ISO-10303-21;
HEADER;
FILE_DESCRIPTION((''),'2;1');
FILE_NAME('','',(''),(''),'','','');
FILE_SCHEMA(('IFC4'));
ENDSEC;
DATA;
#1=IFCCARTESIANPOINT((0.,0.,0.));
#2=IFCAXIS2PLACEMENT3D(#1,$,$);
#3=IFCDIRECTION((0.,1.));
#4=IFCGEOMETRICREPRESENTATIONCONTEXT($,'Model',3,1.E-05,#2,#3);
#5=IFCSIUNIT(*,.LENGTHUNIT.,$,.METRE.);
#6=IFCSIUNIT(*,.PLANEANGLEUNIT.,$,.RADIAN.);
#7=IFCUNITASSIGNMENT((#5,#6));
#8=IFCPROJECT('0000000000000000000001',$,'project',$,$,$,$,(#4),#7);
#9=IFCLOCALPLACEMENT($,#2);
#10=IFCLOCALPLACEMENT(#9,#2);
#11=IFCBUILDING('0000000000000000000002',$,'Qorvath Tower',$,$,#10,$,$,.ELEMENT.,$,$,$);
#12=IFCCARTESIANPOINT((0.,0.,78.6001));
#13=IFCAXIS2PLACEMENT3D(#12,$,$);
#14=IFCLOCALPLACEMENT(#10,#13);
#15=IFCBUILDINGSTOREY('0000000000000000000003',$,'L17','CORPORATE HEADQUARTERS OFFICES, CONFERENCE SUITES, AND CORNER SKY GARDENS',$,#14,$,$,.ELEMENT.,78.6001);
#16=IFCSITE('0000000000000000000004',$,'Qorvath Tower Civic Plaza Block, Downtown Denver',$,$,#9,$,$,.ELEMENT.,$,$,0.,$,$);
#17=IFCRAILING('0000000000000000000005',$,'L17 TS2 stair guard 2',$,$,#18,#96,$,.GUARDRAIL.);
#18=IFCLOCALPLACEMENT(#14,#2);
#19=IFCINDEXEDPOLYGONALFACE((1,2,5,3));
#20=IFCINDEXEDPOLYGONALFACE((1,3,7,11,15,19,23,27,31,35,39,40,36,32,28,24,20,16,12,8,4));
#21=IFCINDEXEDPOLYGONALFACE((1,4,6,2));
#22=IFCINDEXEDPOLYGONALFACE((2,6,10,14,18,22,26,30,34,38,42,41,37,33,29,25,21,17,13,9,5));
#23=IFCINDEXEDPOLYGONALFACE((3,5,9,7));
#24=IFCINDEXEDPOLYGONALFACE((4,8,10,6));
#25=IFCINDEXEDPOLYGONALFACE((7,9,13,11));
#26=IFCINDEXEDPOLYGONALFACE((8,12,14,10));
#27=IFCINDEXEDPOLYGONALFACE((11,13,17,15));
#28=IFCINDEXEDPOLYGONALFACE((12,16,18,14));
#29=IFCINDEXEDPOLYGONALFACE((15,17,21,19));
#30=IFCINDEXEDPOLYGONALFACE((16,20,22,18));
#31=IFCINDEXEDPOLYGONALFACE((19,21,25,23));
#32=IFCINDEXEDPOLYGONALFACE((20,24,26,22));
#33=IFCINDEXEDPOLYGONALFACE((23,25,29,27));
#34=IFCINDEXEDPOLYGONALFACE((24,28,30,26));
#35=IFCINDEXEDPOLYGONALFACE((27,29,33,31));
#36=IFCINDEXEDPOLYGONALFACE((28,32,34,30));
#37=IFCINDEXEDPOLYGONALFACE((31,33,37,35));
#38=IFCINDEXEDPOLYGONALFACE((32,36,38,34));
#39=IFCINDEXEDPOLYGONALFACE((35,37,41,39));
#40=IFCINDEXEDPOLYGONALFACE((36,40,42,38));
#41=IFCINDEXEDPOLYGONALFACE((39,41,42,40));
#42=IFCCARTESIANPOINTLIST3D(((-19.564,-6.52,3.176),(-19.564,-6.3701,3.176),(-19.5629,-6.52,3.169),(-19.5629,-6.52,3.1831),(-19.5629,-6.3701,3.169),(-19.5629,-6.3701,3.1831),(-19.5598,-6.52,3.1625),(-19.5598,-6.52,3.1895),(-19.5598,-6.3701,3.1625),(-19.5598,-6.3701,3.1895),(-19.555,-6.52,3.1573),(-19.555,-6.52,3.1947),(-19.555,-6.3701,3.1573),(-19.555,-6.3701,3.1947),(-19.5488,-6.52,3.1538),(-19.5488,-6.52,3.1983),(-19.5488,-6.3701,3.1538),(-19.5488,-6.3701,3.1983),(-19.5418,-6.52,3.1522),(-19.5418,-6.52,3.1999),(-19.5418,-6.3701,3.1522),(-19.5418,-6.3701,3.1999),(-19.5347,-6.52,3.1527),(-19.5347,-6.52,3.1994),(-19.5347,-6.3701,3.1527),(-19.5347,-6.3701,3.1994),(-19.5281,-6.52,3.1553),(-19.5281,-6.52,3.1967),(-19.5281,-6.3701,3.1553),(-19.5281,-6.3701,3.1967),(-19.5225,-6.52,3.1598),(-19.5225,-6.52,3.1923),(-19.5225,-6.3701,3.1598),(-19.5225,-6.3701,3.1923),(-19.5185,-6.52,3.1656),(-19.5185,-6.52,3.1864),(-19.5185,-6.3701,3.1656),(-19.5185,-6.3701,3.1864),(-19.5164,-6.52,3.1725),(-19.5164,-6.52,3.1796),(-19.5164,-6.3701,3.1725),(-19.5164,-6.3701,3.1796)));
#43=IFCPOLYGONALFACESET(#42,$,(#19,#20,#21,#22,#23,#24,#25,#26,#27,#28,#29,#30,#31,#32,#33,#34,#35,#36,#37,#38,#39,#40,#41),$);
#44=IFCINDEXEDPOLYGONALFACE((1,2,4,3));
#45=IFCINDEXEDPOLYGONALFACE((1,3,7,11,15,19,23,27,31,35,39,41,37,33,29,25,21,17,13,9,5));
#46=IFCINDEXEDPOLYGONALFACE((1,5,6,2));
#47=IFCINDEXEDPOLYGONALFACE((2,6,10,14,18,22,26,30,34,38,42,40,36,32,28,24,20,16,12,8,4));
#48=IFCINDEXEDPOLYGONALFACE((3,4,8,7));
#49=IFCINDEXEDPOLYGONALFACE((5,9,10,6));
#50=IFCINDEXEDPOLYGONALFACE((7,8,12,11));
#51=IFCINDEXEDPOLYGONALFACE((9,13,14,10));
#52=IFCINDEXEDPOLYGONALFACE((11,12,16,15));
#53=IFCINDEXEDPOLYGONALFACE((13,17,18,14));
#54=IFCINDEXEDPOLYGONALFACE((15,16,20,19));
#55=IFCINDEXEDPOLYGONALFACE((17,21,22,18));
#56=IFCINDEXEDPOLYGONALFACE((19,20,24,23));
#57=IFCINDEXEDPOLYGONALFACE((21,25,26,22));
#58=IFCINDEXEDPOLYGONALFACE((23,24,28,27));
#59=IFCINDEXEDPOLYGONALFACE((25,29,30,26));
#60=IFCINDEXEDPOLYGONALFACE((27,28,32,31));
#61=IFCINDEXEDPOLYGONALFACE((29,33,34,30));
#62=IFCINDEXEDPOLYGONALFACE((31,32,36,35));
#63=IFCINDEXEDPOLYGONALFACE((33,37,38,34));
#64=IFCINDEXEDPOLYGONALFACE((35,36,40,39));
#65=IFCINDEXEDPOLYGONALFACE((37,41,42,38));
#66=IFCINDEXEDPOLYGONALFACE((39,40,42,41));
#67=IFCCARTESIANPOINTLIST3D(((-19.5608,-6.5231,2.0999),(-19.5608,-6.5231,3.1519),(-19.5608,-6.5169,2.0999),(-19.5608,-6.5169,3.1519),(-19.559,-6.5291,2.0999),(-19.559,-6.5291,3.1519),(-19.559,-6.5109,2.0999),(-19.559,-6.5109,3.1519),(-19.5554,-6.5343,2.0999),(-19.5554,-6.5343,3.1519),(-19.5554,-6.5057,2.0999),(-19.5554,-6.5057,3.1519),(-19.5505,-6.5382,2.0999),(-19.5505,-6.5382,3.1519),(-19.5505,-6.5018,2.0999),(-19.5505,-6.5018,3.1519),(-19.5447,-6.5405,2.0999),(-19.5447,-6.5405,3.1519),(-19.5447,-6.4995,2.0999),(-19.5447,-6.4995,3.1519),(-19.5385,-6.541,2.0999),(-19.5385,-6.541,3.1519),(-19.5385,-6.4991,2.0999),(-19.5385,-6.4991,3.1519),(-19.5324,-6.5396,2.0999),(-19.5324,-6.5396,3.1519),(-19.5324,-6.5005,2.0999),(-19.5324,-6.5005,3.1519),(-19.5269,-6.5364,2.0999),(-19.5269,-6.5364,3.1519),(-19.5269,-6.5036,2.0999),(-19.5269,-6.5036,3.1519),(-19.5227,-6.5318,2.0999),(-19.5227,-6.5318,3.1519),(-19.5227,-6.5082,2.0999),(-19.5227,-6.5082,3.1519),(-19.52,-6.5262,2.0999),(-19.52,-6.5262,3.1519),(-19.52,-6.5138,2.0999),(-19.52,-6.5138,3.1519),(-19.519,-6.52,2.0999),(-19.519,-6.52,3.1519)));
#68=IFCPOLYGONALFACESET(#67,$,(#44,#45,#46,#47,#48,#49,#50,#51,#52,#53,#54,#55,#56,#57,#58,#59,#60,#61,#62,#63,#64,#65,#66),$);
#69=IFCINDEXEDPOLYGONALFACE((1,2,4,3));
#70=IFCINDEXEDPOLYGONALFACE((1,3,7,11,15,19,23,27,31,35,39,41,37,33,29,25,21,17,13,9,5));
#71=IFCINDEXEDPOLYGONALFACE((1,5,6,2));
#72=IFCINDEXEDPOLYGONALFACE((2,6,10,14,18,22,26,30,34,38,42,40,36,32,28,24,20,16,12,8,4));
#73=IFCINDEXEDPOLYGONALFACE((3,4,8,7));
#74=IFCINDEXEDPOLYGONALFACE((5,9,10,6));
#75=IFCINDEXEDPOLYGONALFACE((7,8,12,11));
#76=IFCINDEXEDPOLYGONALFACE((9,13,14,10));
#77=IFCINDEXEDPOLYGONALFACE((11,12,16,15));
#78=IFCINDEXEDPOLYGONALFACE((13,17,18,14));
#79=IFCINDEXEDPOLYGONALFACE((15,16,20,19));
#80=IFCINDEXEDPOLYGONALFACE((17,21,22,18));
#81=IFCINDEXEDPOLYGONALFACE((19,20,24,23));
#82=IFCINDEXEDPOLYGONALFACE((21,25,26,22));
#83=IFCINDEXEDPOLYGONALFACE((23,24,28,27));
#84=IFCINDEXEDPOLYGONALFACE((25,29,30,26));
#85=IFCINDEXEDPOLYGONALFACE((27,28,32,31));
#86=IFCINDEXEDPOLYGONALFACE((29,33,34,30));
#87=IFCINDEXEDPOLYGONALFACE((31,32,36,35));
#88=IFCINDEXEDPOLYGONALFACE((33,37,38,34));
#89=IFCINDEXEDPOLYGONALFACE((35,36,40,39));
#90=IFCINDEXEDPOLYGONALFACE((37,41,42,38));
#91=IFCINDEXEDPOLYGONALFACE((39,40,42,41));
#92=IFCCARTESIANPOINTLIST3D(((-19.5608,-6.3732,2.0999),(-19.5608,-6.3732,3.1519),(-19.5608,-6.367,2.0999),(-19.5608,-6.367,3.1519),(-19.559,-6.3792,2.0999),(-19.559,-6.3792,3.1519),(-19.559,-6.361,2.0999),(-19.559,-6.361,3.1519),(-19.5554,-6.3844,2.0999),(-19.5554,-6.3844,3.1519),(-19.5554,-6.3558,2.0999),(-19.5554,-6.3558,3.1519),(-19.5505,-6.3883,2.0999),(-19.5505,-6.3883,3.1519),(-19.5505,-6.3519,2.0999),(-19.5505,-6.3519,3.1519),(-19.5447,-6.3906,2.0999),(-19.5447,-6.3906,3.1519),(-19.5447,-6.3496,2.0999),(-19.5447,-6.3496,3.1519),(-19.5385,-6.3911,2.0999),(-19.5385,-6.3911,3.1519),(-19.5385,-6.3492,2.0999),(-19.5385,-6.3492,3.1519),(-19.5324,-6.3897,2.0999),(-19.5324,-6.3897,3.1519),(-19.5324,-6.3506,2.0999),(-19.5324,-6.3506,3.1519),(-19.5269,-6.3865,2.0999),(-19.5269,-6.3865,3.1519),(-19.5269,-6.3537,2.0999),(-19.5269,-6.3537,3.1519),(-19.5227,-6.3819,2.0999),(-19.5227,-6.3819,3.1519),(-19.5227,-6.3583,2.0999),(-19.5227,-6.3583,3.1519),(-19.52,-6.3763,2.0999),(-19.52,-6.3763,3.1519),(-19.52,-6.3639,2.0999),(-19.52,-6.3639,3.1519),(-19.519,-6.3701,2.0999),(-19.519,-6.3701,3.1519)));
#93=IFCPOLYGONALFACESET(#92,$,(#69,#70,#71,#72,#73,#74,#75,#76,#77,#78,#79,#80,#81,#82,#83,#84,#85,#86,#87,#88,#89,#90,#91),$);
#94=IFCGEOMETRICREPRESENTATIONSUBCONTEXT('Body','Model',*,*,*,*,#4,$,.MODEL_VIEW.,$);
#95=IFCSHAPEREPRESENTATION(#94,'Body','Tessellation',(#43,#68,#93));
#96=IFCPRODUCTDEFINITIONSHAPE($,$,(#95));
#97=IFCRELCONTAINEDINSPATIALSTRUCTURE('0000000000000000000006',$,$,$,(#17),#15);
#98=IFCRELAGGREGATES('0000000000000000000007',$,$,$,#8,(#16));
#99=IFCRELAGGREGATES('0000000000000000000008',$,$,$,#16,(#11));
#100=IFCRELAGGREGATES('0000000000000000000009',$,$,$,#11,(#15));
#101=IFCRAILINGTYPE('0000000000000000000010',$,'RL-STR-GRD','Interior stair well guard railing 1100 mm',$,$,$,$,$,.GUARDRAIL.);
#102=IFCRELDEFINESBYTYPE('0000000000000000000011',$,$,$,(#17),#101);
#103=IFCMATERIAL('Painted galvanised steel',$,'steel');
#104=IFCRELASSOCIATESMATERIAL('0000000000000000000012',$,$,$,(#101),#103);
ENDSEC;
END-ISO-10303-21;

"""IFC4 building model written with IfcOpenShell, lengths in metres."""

from ifc_helpers import new_model, si_unit, direction, frame, origin, origin_2d, place, context, subcontext, project, spatial, circle, extrude, material, type_object, element, save


model = new_model("IFC4")

# Units and contexts
model_context = context("Model", 3, precision=1e-05, world=origin(), true_north=direction((0.0, 1.0)))
body_context = subcontext(model_context, "Body", "Model", "MODEL_VIEW")
ifc_project = project(units=[si_unit("LENGTHUNIT", "METRE"), si_unit("PLANEANGLEUNIT", "RADIAN")], contexts=[model_context])

# Site, building, storey
site_placement = place(None, origin())
site = spatial("IfcSite", under=ifc_project, at=site_placement, Name="Qorvath Tower Civic Plaza Block, Downtown Denver", CompositionType="ELEMENT", RefElevation=0.0)
building_placement = place(site_placement, origin())
building = spatial("IfcBuilding", under=site, at=building_placement, Name="Qorvath Tower", CompositionType="ELEMENT")
storey_placement = place(building_placement, frame((0.0, 0.0, 78.6001)))
storey = spatial("IfcBuildingStorey", under=building, at=storey_placement, Name="L17", Description="CORPORATE HEADQUARTERS OFFICES, CONFERENCE SUITES, AND CORNER SKY GARDENS", CompositionType="ELEMENT", Elevation=78.6001)

# Railing
ifc_material_1 = material(Name="Painted galvanised steel", Category="steel")
railing_type_1 = type_object("IfcRailingType", Name="RL-STR-GRD", Description="Interior stair well guard railing 1100 mm", PredefinedType="GUARDRAIL", material=ifc_material_1)
railing_1_placement = place(storey_placement, frame((-19.54, -6.52, 2.0999)))
element("IfcRailing", 1, at=railing_1_placement, inside=storey, type_object=railing_type_1, Name="L17 TS2 stair guard 2", PredefinedType="GUARDRAIL", context=body_context, shape_type="SweptSolid", body=[
    extrude(circle(Radius=0.0239, at=origin_2d()), frame((0.0, 0.0, 1.0762), z_axis=(0.0, 1.0, 0.0), x_axis=(-1.0, 0.0, 0.0)), (0.0, 0.0, 1.0), 0.1499),
    extrude(circle(Radius=0.021, at=origin_2d()), origin(), (0.0, 0.0, 1.0), 1.052),
    extrude(circle(Radius=0.021, at=origin_2d()), frame((0.0, 0.1499, 0.0)), (0.0, 0.0, 1.0), 1.052),
])

save(model, "model.ifc")
